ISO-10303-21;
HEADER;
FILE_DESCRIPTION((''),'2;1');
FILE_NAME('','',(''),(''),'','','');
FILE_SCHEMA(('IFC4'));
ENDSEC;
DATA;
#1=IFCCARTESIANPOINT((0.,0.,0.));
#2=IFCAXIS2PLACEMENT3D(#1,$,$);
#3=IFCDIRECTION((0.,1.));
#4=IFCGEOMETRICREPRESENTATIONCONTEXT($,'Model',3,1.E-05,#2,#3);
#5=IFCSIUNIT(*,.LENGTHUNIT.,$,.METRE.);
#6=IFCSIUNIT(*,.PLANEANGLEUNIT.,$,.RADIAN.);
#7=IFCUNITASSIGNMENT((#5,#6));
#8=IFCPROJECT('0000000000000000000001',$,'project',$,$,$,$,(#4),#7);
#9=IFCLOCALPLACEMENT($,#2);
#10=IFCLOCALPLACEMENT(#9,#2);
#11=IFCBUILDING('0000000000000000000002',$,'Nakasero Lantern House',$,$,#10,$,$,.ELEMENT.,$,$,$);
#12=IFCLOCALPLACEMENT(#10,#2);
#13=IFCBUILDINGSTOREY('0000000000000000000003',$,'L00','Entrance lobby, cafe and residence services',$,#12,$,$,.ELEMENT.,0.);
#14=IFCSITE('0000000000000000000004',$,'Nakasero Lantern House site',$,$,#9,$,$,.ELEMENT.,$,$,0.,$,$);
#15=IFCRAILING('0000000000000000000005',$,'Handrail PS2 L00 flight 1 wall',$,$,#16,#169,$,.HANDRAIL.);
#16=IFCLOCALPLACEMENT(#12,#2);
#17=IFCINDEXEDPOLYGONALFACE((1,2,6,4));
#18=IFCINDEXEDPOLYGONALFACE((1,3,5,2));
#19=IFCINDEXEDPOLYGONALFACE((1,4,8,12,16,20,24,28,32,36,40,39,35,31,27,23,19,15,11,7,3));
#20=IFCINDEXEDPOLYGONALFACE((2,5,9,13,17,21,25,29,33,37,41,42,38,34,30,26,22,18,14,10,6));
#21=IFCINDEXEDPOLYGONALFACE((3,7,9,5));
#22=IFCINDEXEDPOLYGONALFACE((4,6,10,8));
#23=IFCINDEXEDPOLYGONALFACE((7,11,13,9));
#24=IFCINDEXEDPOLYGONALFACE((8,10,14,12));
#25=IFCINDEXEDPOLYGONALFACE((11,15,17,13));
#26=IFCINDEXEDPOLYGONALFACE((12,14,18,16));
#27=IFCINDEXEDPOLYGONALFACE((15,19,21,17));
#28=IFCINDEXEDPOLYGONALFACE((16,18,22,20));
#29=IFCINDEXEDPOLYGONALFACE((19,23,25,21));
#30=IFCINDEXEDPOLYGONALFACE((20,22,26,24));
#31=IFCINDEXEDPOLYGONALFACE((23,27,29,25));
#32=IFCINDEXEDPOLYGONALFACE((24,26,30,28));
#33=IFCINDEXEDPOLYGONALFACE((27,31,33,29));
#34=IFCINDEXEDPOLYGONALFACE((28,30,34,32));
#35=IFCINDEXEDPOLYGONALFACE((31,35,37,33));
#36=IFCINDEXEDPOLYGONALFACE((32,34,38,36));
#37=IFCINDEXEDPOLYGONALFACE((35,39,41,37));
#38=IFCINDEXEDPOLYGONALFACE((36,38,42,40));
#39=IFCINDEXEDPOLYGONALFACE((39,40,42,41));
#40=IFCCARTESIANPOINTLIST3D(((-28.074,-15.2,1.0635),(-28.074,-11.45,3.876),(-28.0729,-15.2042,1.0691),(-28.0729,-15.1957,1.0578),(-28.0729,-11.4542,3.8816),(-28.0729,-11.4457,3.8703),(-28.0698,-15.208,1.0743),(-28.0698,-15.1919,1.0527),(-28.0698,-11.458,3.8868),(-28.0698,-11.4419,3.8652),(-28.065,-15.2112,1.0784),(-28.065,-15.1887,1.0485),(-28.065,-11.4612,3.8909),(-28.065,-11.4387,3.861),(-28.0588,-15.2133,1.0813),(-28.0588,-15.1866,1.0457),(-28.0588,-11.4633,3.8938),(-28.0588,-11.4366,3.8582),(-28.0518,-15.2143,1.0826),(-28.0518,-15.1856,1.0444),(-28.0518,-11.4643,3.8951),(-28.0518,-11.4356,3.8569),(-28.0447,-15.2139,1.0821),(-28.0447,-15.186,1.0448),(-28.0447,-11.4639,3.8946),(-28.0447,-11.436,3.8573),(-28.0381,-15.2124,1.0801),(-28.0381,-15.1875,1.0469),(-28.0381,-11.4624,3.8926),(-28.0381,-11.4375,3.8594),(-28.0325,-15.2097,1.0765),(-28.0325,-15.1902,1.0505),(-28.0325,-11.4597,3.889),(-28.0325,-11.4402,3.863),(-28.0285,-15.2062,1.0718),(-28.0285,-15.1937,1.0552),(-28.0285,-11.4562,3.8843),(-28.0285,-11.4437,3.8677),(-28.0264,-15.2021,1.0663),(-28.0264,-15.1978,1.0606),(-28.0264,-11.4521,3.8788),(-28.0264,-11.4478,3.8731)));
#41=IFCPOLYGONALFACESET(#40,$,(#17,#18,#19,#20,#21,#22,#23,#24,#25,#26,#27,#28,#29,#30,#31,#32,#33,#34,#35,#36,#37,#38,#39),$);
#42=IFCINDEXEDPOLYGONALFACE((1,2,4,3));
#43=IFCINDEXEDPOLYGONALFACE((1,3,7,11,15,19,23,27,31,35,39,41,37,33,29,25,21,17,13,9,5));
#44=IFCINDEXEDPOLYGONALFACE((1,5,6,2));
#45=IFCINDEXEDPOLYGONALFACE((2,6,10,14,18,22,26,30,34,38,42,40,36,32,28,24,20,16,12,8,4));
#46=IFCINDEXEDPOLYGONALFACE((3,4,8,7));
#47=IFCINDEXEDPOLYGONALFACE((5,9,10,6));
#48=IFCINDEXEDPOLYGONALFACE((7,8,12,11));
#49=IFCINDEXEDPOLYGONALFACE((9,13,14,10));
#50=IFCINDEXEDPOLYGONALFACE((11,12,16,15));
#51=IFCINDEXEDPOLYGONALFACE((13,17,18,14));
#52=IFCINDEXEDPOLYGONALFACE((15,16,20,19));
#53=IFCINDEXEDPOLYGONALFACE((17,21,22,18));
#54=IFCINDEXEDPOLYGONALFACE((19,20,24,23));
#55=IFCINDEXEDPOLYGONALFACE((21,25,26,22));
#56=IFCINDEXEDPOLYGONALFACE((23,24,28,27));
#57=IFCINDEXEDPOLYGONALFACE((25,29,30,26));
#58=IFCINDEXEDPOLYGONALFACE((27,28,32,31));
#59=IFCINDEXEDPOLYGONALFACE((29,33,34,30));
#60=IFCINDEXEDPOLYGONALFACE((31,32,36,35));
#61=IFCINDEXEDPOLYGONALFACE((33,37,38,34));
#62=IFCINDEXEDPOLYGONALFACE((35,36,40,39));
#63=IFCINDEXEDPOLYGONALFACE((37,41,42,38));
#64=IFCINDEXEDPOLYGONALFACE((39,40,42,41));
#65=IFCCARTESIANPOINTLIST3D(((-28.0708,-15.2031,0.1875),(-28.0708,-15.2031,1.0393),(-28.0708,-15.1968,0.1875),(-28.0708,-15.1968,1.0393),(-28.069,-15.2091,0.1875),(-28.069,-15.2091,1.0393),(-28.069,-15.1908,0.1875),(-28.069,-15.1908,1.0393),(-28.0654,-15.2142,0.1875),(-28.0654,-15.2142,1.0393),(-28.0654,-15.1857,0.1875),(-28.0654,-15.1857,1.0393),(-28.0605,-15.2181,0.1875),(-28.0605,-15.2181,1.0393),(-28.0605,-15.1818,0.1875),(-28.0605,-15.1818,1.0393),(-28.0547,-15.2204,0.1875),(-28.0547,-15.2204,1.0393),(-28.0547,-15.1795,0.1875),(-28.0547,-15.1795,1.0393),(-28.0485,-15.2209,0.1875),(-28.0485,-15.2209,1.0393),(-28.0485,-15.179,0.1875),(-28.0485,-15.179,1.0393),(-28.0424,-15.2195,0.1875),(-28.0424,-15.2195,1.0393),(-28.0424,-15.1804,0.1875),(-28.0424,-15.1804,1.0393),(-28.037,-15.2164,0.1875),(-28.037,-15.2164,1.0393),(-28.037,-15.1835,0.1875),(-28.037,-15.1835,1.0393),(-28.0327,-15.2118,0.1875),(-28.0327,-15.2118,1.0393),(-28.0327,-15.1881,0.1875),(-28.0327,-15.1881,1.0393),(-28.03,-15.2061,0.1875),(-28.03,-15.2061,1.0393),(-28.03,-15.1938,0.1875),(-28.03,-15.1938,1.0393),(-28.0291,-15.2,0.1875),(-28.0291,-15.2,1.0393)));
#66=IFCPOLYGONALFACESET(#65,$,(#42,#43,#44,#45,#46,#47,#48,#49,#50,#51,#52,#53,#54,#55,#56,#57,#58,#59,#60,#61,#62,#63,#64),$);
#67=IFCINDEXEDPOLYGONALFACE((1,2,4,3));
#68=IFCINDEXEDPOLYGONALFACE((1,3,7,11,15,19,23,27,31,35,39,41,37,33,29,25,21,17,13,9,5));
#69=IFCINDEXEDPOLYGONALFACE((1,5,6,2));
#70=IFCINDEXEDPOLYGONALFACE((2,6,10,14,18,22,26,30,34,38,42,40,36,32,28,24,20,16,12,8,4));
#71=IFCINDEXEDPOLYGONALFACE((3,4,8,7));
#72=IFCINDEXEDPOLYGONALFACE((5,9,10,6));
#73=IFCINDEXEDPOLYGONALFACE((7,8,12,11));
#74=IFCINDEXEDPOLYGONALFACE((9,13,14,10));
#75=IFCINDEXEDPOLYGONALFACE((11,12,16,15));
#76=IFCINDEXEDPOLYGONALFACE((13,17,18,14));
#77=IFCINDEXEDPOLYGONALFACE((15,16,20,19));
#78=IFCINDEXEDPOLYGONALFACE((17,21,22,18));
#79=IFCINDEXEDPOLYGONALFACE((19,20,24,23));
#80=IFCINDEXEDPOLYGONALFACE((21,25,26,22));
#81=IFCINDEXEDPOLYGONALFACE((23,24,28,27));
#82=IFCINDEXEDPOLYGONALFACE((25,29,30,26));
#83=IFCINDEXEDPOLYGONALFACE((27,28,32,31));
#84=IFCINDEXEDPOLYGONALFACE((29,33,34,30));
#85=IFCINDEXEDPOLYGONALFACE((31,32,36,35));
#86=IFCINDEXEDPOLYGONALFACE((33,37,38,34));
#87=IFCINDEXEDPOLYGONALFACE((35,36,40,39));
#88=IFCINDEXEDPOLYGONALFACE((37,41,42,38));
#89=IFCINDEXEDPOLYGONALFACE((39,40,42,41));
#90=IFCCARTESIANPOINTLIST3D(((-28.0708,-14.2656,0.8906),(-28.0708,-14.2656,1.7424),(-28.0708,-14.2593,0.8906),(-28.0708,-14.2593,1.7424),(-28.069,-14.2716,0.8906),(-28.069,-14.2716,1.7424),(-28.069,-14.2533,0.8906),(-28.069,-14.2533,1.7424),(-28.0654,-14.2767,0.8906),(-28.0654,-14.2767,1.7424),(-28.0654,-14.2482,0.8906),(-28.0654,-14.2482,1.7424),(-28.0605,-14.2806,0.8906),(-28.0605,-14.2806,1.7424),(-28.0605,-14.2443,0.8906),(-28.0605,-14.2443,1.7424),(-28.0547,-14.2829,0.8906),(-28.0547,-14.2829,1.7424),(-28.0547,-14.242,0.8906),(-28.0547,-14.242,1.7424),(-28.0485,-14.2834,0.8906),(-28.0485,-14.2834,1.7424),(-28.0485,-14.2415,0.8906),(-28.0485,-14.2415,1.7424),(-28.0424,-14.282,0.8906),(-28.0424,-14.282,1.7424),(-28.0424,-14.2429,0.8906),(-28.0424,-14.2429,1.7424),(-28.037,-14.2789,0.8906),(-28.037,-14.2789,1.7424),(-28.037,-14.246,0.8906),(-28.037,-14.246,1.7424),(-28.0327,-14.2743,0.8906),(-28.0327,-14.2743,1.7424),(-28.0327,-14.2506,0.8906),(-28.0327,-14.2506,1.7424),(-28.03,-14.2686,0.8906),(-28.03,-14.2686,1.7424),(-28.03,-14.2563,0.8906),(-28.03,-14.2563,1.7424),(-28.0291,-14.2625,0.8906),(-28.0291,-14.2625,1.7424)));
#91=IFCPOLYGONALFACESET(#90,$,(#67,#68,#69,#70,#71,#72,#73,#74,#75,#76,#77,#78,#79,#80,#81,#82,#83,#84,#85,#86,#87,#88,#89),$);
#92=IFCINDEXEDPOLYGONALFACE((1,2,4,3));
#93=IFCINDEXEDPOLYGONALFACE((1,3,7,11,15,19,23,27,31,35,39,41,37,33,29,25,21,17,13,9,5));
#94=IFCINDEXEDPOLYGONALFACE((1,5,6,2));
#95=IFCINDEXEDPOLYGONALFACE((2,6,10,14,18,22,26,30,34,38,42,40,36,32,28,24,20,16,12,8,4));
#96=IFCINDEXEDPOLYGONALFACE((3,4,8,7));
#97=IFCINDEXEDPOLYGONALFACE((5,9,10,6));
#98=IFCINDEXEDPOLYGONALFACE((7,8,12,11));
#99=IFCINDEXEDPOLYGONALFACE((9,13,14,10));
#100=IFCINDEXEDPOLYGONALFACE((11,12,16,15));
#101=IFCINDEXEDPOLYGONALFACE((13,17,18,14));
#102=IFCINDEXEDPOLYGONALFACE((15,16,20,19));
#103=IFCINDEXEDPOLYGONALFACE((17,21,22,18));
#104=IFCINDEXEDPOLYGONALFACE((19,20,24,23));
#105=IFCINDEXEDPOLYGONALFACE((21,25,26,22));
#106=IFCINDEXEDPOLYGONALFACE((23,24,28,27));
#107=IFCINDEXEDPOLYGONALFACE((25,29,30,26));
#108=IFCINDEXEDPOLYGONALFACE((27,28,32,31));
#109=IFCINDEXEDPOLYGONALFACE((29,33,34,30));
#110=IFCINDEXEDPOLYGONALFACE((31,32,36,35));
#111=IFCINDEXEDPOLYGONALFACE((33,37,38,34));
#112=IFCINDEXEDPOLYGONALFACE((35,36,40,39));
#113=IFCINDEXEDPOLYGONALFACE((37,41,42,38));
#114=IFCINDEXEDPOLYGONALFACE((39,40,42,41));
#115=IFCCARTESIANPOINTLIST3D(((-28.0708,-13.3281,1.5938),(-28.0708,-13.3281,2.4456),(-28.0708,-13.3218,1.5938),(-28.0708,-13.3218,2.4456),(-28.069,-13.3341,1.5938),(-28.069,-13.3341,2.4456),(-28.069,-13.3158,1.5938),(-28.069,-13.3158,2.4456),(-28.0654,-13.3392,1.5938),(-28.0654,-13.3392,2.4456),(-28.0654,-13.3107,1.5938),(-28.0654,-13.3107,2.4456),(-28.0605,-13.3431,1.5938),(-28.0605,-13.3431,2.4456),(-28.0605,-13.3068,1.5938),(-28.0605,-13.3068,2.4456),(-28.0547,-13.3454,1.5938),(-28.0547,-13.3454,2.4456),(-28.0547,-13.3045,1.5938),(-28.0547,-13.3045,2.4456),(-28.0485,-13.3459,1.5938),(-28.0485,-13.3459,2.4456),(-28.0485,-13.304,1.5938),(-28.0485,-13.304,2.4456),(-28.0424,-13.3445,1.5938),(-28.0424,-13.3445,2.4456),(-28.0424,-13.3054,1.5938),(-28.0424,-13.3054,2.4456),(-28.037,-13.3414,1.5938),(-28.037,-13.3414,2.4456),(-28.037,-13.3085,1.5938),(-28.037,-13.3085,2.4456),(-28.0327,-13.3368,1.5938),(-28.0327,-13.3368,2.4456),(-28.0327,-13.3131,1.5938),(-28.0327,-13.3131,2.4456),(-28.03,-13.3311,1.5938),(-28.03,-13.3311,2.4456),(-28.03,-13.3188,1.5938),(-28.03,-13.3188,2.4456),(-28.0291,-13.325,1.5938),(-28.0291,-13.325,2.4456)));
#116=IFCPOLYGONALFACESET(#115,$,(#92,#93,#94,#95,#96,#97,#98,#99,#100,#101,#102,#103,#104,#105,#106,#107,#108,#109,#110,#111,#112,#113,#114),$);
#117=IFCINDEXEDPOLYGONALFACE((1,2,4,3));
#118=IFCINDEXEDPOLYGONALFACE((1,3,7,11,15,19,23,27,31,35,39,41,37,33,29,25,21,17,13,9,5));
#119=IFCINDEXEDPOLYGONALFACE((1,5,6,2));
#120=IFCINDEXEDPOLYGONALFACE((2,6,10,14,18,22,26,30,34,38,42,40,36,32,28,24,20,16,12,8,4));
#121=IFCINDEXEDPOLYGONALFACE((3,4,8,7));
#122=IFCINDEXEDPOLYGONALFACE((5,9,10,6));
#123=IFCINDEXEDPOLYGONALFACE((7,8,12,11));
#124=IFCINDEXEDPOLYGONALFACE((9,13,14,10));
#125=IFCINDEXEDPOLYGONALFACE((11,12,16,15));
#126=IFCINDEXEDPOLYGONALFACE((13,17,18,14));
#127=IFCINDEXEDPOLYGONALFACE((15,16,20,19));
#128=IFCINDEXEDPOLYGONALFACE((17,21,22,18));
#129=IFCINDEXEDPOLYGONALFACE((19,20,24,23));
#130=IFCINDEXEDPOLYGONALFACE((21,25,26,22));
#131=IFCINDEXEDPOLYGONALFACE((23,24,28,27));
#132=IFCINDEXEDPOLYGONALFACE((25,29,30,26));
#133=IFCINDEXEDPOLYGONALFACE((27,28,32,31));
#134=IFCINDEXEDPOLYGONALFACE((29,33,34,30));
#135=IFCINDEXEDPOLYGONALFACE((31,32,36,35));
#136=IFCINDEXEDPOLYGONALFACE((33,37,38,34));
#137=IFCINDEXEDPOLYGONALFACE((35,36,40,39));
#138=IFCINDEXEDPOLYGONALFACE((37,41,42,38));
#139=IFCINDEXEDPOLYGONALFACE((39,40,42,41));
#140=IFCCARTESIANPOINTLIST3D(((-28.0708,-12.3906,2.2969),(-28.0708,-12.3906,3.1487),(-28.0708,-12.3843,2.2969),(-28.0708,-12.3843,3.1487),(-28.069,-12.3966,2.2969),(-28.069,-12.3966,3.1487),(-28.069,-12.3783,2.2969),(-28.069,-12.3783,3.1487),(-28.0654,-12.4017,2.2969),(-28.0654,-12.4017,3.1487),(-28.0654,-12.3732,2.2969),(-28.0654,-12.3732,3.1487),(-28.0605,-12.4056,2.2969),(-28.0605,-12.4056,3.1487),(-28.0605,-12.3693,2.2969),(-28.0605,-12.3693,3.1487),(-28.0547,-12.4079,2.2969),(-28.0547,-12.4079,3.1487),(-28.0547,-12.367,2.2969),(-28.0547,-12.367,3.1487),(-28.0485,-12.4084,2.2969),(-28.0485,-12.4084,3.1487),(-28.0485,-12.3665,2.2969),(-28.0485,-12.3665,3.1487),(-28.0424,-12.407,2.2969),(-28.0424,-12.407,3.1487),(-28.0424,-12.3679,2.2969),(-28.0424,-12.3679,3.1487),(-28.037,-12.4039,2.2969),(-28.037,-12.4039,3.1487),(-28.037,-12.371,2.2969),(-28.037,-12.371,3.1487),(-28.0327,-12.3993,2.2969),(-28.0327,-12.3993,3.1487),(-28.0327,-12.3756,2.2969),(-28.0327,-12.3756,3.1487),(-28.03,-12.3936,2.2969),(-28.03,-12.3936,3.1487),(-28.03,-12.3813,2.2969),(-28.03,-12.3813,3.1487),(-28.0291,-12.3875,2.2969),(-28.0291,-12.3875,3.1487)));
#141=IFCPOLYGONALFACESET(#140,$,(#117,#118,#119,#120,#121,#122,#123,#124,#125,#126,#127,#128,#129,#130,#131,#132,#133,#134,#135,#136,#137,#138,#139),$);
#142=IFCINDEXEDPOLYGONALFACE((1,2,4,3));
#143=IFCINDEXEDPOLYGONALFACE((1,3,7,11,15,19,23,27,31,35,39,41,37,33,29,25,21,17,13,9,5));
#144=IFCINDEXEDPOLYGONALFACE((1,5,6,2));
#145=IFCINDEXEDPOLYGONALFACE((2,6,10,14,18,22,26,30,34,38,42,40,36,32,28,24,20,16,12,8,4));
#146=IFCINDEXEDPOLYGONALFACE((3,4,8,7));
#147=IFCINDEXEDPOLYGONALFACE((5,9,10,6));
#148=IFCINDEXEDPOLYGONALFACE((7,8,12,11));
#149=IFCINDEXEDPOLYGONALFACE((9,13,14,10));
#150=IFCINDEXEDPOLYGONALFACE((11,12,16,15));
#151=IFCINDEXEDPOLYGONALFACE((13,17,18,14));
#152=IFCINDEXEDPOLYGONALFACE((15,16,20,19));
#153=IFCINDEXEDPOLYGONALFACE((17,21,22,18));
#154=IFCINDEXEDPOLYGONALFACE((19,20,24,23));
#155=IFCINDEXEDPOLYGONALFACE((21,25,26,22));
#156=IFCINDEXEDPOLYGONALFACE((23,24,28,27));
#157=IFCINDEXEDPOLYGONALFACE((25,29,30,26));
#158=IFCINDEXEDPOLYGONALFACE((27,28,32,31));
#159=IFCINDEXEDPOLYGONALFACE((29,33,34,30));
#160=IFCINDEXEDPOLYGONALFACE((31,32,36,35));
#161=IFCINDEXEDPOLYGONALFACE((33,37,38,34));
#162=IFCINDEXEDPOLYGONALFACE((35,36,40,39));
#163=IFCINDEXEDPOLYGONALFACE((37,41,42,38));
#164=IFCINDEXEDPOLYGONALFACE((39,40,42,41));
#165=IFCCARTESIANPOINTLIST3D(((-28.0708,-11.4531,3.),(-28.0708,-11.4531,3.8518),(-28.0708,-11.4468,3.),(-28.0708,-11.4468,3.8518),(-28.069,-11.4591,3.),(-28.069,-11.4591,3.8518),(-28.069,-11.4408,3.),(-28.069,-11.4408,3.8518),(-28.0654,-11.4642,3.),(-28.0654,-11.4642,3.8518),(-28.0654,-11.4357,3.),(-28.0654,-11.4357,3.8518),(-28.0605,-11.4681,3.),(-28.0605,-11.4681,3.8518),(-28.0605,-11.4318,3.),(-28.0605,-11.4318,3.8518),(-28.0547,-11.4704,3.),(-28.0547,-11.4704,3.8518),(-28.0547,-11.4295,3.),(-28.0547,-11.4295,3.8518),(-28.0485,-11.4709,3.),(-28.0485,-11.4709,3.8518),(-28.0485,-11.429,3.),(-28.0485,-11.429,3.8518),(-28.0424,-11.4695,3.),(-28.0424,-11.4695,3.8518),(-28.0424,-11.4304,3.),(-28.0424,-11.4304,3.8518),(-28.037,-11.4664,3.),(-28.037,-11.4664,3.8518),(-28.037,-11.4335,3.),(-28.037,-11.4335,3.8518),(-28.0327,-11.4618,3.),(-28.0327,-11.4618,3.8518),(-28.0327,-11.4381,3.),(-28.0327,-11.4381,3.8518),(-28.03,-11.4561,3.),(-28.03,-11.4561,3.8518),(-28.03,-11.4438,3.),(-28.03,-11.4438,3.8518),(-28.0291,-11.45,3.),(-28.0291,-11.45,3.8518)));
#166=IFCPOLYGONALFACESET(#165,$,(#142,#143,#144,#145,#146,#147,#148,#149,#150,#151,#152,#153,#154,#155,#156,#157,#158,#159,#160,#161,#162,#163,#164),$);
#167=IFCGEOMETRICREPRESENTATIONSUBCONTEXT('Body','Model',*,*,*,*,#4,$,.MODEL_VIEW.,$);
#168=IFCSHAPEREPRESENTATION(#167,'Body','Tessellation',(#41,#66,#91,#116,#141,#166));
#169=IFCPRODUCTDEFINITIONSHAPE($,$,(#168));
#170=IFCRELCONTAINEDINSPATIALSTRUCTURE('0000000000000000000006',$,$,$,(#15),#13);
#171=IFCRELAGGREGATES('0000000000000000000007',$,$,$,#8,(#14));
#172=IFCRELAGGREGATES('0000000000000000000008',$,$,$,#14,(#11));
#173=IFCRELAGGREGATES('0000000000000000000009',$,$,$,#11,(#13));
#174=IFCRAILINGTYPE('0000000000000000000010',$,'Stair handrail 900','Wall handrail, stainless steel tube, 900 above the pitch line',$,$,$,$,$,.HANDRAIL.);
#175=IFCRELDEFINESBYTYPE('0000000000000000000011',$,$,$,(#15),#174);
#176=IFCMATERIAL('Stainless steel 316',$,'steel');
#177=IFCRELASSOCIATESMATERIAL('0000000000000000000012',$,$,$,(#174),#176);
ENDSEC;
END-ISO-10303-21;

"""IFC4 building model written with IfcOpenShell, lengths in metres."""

from ifc_helpers import new_model, si_unit, direction, frame, origin, origin_2d, place, context, subcontext, project, spatial, circle, extrude, material, type_object, element, save


model = new_model("IFC4")

# Units and contexts
model_context = context("Model", 3, precision=1e-05, world=origin(), true_north=direction((0.0, 1.0)))
body_context = subcontext(model_context, "Body", "Model", "MODEL_VIEW")
ifc_project = project(units=[si_unit("LENGTHUNIT", "METRE"), si_unit("PLANEANGLEUNIT", "RADIAN")], contexts=[model_context])

# Site, building, storey
site_placement = place(None, origin())
site = spatial("IfcSite", under=ifc_project, at=site_placement, Name="Nakasero Lantern House site", CompositionType="ELEMENT", RefElevation=0.0)
building_placement = place(site_placement, origin())
building = spatial("IfcBuilding", under=site, at=building_placement, Name="Nakasero Lantern House", CompositionType="ELEMENT")
storey_placement = place(building_placement, origin())
storey = spatial("IfcBuildingStorey", under=building, at=storey_placement, Name="L00", Description="Entrance lobby, cafe and residence services", CompositionType="ELEMENT", Elevation=0.0)

# Railing
ifc_material_1 = material(Name="Stainless steel 316", Category="steel")
railing_type = type_object("IfcRailingType", Name="Stair handrail 900", Description="Wall handrail, stainless steel tube, 900 above the pitch line", PredefinedType="HANDRAIL", material=ifc_material_1)
for number, where, name in (
    (1, (-28.05, -15.2, 0.1875), "Handrail PS2 L00 flight 1 wall"),
):
    element("IfcRailing", number, at=place(storey_placement, frame(where)), inside=storey, type_object=railing_type, Name=name, PredefinedType="HANDRAIL", context=body_context, shape_type="SweptSolid", body=[
        extrude(circle(Radius=0.0239, at=origin_2d()), frame((0.0, 0.0, 0.876), z_axis=(0.0, 0.8, 0.6), x_axis=(-1.0, 0.0, 0.0)), (0.0, 0.0, 1.0), 4.6875),
        extrude(circle(Radius=0.021, at=origin_2d()), origin(), (0.0, 0.0, 1.0), 0.8518),
        extrude(circle(Radius=0.021, at=origin_2d()), frame((0.0, 0.9375, 0.7031)), (0.0, 0.0, 1.0), 0.8518),
        extrude(circle(Radius=0.021, at=origin_2d()), frame((0.0, 1.875, 1.4062)), (0.0, 0.0, 1.0), 0.8518),
        extrude(circle(Radius=0.021, at=origin_2d()), frame((0.0, 2.8125, 2.1094)), (0.0, 0.0, 1.0), 0.8518),
        extrude(circle(Radius=0.021, at=origin_2d()), frame((0.0, 3.75, 2.8125)), (0.0, 0.0, 1.0), 0.8518),
    ])

save(model, "model.ifc")
